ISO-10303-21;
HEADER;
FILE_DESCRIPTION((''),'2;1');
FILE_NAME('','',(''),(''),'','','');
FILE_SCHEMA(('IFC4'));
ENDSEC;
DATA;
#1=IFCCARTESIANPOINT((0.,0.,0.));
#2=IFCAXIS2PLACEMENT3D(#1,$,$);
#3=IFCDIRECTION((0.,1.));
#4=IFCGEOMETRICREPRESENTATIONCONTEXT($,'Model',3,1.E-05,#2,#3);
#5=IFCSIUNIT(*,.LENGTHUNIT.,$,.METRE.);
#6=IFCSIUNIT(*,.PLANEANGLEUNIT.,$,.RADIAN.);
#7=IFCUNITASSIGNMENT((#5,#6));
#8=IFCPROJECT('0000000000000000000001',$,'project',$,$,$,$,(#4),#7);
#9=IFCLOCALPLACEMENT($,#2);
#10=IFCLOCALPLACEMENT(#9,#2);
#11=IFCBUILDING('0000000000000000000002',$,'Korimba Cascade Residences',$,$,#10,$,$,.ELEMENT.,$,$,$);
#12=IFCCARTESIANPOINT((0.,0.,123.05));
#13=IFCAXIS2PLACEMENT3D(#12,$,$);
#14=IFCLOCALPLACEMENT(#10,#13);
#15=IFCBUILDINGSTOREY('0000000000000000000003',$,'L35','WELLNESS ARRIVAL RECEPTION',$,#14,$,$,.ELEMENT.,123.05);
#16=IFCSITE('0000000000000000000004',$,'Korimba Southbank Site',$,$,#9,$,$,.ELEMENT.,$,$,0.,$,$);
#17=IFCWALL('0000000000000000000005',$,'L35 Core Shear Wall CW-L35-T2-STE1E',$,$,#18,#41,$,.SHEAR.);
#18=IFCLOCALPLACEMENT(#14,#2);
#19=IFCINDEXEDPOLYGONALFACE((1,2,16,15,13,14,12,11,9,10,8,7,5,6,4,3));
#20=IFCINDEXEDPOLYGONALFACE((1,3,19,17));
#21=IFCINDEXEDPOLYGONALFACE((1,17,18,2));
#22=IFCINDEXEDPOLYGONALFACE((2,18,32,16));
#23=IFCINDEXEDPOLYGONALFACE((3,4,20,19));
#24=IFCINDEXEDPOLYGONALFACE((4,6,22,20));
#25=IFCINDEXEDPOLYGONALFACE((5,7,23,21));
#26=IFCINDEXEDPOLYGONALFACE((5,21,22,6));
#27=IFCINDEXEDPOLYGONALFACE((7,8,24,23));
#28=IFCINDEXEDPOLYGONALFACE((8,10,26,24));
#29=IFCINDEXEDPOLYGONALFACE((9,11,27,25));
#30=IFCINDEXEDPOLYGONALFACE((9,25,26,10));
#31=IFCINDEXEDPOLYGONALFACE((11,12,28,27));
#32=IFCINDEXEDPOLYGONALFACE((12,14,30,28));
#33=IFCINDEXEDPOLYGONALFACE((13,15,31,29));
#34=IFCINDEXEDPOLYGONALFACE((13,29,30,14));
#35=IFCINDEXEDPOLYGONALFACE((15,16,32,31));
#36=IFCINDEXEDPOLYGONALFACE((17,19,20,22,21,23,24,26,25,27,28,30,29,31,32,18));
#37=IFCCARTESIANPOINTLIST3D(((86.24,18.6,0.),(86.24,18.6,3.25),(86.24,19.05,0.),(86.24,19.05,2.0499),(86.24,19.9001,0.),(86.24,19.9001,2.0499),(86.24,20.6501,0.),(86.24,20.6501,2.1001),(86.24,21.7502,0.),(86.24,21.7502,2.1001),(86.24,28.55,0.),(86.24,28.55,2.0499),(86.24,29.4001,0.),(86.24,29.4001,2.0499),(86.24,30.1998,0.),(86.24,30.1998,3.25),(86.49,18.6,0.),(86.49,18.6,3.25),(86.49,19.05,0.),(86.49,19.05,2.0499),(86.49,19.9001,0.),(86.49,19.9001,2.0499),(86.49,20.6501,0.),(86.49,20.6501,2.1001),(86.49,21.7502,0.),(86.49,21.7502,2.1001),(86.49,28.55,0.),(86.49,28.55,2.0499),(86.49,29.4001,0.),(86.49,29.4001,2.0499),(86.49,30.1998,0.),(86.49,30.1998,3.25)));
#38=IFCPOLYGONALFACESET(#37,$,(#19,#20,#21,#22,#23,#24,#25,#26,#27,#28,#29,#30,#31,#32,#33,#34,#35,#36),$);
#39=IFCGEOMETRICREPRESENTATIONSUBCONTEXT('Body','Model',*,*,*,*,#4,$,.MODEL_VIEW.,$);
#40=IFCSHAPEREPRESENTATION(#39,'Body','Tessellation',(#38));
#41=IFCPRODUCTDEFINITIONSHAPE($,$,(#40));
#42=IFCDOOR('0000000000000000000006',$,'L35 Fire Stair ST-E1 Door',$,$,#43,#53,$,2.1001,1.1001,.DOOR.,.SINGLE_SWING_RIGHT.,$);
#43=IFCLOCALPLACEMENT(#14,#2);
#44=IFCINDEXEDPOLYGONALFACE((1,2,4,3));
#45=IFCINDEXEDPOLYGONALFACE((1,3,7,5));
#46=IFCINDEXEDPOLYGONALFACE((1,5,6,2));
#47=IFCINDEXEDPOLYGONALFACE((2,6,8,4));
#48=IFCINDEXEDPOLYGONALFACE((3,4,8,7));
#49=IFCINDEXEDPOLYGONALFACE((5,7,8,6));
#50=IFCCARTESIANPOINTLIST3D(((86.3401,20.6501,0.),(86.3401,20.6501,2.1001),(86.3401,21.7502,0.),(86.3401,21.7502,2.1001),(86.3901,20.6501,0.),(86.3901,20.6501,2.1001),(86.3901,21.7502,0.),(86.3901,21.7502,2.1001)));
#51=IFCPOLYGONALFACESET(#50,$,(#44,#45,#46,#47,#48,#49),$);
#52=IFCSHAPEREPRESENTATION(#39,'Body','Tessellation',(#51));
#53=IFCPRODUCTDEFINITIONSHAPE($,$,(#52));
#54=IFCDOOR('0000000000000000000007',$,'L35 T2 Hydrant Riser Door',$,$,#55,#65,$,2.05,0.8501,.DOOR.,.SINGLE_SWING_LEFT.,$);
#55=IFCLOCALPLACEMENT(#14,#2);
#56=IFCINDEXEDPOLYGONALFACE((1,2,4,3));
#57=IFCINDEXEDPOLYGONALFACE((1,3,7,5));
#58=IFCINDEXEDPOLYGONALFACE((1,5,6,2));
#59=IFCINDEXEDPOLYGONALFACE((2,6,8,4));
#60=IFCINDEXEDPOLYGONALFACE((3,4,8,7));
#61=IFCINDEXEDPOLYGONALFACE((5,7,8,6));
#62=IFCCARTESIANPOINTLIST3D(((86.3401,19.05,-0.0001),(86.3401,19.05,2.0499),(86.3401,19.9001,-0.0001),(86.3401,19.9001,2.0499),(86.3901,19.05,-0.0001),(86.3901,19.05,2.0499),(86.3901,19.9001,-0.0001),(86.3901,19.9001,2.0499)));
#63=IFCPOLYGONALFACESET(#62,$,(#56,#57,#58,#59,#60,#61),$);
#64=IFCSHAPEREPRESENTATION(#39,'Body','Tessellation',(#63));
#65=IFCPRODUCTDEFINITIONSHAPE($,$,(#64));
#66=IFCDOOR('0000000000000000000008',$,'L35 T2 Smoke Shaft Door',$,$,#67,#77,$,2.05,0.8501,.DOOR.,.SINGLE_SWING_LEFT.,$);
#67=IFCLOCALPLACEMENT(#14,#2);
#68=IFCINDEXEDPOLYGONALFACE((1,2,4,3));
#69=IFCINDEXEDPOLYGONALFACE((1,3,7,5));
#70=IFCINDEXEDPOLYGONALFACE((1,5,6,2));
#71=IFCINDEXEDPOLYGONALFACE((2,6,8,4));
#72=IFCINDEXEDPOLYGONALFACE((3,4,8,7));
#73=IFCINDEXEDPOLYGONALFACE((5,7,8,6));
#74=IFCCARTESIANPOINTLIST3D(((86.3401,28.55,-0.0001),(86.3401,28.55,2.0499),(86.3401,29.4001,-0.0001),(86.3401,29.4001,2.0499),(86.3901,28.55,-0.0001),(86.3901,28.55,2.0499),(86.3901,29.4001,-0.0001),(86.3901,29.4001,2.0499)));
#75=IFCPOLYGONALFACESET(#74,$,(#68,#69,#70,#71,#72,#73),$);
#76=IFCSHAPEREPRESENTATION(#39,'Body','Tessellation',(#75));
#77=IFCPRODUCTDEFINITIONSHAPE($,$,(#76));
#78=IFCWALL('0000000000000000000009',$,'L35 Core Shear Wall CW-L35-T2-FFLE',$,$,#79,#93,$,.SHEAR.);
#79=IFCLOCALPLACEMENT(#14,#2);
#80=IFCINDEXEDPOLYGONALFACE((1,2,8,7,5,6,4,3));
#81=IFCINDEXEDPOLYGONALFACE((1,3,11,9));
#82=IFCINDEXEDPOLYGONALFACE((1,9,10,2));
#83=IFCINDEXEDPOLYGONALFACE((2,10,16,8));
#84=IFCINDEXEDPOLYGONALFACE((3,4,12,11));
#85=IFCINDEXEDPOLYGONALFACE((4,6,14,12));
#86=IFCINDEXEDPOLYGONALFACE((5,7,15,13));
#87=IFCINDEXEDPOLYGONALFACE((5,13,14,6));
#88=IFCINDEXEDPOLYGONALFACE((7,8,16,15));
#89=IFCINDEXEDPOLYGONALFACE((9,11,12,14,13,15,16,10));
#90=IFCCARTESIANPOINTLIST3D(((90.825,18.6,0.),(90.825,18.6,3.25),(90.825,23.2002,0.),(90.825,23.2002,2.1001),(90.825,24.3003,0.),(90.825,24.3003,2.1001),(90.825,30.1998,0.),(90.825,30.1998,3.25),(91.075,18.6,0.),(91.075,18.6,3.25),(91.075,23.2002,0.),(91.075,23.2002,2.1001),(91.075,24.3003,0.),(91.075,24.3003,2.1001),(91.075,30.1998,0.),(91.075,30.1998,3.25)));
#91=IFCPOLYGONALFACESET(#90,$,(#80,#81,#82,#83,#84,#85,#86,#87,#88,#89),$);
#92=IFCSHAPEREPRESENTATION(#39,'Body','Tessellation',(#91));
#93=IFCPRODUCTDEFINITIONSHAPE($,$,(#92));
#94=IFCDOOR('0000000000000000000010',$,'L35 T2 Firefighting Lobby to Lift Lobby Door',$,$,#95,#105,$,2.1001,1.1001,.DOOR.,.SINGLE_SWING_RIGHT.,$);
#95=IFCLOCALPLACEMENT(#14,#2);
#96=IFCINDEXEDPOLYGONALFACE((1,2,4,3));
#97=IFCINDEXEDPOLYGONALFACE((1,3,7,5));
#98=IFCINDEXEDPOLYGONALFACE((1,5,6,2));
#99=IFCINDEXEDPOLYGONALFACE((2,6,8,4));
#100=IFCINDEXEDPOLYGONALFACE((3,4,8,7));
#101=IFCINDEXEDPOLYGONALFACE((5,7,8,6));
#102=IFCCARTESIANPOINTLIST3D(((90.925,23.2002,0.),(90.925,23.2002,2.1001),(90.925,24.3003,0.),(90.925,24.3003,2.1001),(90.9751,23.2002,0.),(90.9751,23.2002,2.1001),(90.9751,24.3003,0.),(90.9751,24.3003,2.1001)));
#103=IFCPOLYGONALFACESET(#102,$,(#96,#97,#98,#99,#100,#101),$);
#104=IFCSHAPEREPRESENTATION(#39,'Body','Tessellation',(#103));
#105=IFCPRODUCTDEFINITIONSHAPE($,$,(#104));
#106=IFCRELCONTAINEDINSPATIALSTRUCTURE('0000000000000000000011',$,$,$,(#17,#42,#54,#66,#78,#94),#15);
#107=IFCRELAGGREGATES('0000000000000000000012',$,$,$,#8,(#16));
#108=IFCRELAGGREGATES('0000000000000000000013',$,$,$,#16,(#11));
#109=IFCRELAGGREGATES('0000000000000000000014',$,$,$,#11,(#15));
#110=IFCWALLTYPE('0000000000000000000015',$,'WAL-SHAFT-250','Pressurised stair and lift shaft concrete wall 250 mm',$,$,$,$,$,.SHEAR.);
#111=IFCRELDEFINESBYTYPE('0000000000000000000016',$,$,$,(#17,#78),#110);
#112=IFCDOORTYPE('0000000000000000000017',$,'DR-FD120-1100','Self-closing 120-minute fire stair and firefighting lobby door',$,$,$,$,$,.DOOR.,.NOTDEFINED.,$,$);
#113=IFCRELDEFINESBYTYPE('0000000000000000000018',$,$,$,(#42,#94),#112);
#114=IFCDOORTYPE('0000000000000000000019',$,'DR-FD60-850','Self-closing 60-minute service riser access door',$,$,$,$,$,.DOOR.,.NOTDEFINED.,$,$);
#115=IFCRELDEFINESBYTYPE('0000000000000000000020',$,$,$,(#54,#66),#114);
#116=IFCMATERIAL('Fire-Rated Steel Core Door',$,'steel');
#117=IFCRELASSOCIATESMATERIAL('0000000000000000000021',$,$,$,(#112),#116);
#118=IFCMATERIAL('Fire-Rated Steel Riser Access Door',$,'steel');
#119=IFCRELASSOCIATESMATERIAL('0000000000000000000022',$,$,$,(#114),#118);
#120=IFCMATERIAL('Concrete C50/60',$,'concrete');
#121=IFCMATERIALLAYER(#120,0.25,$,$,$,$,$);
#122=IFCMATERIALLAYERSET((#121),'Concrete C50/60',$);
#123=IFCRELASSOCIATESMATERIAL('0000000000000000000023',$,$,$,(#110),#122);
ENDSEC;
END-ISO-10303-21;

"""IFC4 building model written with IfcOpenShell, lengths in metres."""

from ifc_helpers import new_model, si_unit, direction, frame, frame_2d, origin, place, context, subcontext, project, spatial, rectangle, extrude, material, layer, layer_set, type_object, element, fill, save


model = new_model("IFC4")

# Units and contexts
model_context = context("Model", 3, precision=1e-05, world=origin(), true_north=direction((0.0, 1.0)))
body_context = subcontext(model_context, "Body", "Model", "MODEL_VIEW")
ifc_project = project(units=[si_unit("LENGTHUNIT", "METRE"), si_unit("PLANEANGLEUNIT", "RADIAN")], contexts=[model_context])

# Site, building, storey
site_placement = place(None, origin())
site = spatial("IfcSite", under=ifc_project, at=site_placement, Name="Korimba Southbank Site", CompositionType="ELEMENT", RefElevation=0.0)
building_placement = place(site_placement, origin())
building = spatial("IfcBuilding", under=site, at=building_placement, Name="Korimba Cascade Residences", CompositionType="ELEMENT")
storey_placement = place(building_placement, frame((0.0, 0.0, 123.05)))
storey = spatial("IfcBuildingStorey", under=building, at=storey_placement, Name="L35", Description="WELLNESS ARRIVAL RECEPTION", CompositionType="ELEMENT", Elevation=123.05)

# Shared definitions
ifc_material_1 = material(Name="Fire-Rated Steel Core Door", Category="steel")
door_type_1 = type_object("IfcDoorType", Name="DR-FD120-1100", Description="Self-closing 120-minute fire stair and firefighting lobby door", OperationType="NOTDEFINED", PredefinedType="DOOR", material=ifc_material_1)

# Wall, openings, doors
ifc_material_2 = material(Name="Fire-Rated Steel Riser Access Door", Category="steel")
door_type_2 = type_object("IfcDoorType", Name="DR-FD60-850", Description="Self-closing 60-minute service riser access door", OperationType="NOTDEFINED", PredefinedType="DOOR", material=ifc_material_2)
ifc_material_3 = material(Name="Concrete C50/60", Category="concrete")
ifc_layer_1 = layer(ifc_material_3, 0.25)
ifc_layer_set_1 = layer_set([ifc_layer_1], Name="Concrete C50/60")
wall_type_1 = type_object("IfcWallType", Name="WAL-SHAFT-250", Description="Pressurised stair and lift shaft concrete wall 250 mm", PredefinedType="SHEAR", material=ifc_layer_set_1)
wall_1_placement = place(storey_placement, frame((86.365, 18.6001, 0.0), z_axis=(0.0, 0.0, 1.0), x_axis=(0.0, 1.0, 0.0)))
wall_1 = element("IfcWall", 1, at=wall_1_placement, inside=storey, type_object=wall_type_1, Name="L35 Core Shear Wall CW-L35-T2-STE1E", PredefinedType="SHEAR", context=body_context, shape_type="SweptSolid", body=[
    extrude(rectangle(XDim=11.5999, YDim=0.25, at=frame_2d((5.7998, 0.0))), origin(), (0.0, 0.0, 1.0), 3.25),
])
opening_1_placement = place(wall_1_placement, frame((0.45, 0.0, 0.0)))
opening_1 = element("IfcOpeningElement", 2, at=opening_1_placement, cuts=wall_1, PredefinedType="OPENING", context=body_context, shape_type="SweptSolid", body=[
    extrude(rectangle(XDim=0.8501, YDim=2.05, at=frame_2d((0.425, 1.0249))), frame((0.0, 0.135, 0.0), z_axis=(0.0, -1.0, 0.0), x_axis=(1.0, 0.0, 0.0)), (0.0, 0.0, 1.0), 0.27),
])
opening_2_placement = place(wall_1_placement, frame((2.05, 0.0, 0.0)))
opening_2 = element("IfcOpeningElement", 3, at=opening_2_placement, cuts=wall_1, PredefinedType="OPENING", context=body_context, shape_type="SweptSolid", body=[
    extrude(rectangle(XDim=1.1001, YDim=2.1001, at=frame_2d((0.55, 1.05))), frame((0.0, 0.135, 0.0), z_axis=(0.0, -1.0, 0.0), x_axis=(1.0, 0.0, 0.0)), (0.0, 0.0, 1.0), 0.27),
])
opening_3_placement = place(wall_1_placement, frame((9.95, 0.0, 0.0)))
opening_3 = element("IfcOpeningElement", 4, at=opening_3_placement, cuts=wall_1, PredefinedType="OPENING", context=body_context, shape_type="SweptSolid", body=[
    extrude(rectangle(XDim=0.8501, YDim=2.05, at=frame_2d((0.425, 1.0249))), frame((0.0, 0.135, 0.0), z_axis=(0.0, -1.0, 0.0), x_axis=(1.0, 0.0, 0.0)), (0.0, 0.0, 1.0), 0.27),
])
door_1_placement = place(opening_2_placement, origin())
door_1 = element("IfcDoor", 5, at=door_1_placement, inside=storey, type_object=door_type_1, Name="L35 Fire Stair ST-E1 Door", OperationType="SINGLE_SWING_RIGHT", OverallHeight=2.1001, OverallWidth=1.1001, PredefinedType="DOOR", context=body_context, shape_type="SweptSolid", body=[
    extrude(rectangle(XDim=1.1001, YDim=2.1001, at=frame_2d((0.55, 1.05))), frame((0.0, 0.0249, 0.0), z_axis=(0.0, -1.0, 0.0), x_axis=(1.0, 0.0, 0.0)), (0.0, 0.0, 1.0), 0.05),
])
fill(opening_2, door_1)
door_2_placement = place(opening_1_placement, origin())
door_2 = element("IfcDoor", 6, at=door_2_placement, inside=storey, type_object=door_type_2, Name="L35 T2 Hydrant Riser Door", OperationType="SINGLE_SWING_LEFT", OverallHeight=2.05, OverallWidth=0.8501, PredefinedType="DOOR", context=body_context, shape_type="SweptSolid", body=[
    extrude(rectangle(XDim=0.8501, YDim=2.05, at=frame_2d((0.425, 1.0249))), frame((0.0, 0.0249, 0.0), z_axis=(0.0, -1.0, 0.0), x_axis=(1.0, 0.0, 0.0)), (0.0, 0.0, 1.0), 0.05),
])
fill(opening_1, door_2)
door_3_placement = place(opening_3_placement, origin())
door_3 = element("IfcDoor", 7, at=door_3_placement, inside=storey, type_object=door_type_2, Name="L35 T2 Smoke Shaft Door", OperationType="SINGLE_SWING_LEFT", OverallHeight=2.05, OverallWidth=0.8501, PredefinedType="DOOR", context=body_context, shape_type="SweptSolid", body=[
    extrude(rectangle(XDim=0.8501, YDim=2.05, at=frame_2d((0.425, 1.0249))), frame((0.0, 0.0249, 0.0), z_axis=(0.0, -1.0, 0.0), x_axis=(1.0, 0.0, 0.0)), (0.0, 0.0, 1.0), 0.05),
])
fill(opening_3, door_3)

# Wall, opening, door
wall_2_placement = place(storey_placement, frame((90.95, 18.6001, 0.0), z_axis=(0.0, 0.0, 1.0), x_axis=(0.0, 1.0, 0.0)))
wall_2 = element("IfcWall", 8, at=wall_2_placement, inside=storey, type_object=wall_type_1, Name="L35 Core Shear Wall CW-L35-T2-FFLE", PredefinedType="SHEAR", context=body_context, shape_type="SweptSolid", body=[
    extrude(rectangle(XDim=11.5999, YDim=0.25, at=frame_2d((5.7998, 0.0))), origin(), (0.0, 0.0, 1.0), 3.25),
])
opening_4_placement = place(wall_2_placement, frame((4.6001, 0.0, 0.0)))
opening_4 = element("IfcOpeningElement", 9, at=opening_4_placement, cuts=wall_2, PredefinedType="OPENING", context=body_context, shape_type="SweptSolid", body=[
    extrude(rectangle(XDim=1.1001, YDim=2.1001, at=frame_2d((0.55, 1.05))), frame((0.0, 0.135, 0.0), z_axis=(0.0, -1.0, 0.0), x_axis=(1.0, 0.0, 0.0)), (0.0, 0.0, 1.0), 0.27),
])
door_4_placement = place(opening_4_placement, origin())
door_4 = element("IfcDoor", 10, at=door_4_placement, inside=storey, type_object=door_type_1, Name="L35 T2 Firefighting Lobby to Lift Lobby Door", OperationType="SINGLE_SWING_RIGHT", OverallHeight=2.1001, OverallWidth=1.1001, PredefinedType="DOOR", context=body_context, shape_type="SweptSolid", body=[
    extrude(rectangle(XDim=1.1001, YDim=2.1001, at=frame_2d((0.55, 1.05))), frame((0.0, 0.0249, 0.0), z_axis=(0.0, -1.0, 0.0), x_axis=(1.0, 0.0, 0.0)), (0.0, 0.0, 1.0), 0.05),
])
fill(opening_4, door_4)

save(model, "model.ifc")
